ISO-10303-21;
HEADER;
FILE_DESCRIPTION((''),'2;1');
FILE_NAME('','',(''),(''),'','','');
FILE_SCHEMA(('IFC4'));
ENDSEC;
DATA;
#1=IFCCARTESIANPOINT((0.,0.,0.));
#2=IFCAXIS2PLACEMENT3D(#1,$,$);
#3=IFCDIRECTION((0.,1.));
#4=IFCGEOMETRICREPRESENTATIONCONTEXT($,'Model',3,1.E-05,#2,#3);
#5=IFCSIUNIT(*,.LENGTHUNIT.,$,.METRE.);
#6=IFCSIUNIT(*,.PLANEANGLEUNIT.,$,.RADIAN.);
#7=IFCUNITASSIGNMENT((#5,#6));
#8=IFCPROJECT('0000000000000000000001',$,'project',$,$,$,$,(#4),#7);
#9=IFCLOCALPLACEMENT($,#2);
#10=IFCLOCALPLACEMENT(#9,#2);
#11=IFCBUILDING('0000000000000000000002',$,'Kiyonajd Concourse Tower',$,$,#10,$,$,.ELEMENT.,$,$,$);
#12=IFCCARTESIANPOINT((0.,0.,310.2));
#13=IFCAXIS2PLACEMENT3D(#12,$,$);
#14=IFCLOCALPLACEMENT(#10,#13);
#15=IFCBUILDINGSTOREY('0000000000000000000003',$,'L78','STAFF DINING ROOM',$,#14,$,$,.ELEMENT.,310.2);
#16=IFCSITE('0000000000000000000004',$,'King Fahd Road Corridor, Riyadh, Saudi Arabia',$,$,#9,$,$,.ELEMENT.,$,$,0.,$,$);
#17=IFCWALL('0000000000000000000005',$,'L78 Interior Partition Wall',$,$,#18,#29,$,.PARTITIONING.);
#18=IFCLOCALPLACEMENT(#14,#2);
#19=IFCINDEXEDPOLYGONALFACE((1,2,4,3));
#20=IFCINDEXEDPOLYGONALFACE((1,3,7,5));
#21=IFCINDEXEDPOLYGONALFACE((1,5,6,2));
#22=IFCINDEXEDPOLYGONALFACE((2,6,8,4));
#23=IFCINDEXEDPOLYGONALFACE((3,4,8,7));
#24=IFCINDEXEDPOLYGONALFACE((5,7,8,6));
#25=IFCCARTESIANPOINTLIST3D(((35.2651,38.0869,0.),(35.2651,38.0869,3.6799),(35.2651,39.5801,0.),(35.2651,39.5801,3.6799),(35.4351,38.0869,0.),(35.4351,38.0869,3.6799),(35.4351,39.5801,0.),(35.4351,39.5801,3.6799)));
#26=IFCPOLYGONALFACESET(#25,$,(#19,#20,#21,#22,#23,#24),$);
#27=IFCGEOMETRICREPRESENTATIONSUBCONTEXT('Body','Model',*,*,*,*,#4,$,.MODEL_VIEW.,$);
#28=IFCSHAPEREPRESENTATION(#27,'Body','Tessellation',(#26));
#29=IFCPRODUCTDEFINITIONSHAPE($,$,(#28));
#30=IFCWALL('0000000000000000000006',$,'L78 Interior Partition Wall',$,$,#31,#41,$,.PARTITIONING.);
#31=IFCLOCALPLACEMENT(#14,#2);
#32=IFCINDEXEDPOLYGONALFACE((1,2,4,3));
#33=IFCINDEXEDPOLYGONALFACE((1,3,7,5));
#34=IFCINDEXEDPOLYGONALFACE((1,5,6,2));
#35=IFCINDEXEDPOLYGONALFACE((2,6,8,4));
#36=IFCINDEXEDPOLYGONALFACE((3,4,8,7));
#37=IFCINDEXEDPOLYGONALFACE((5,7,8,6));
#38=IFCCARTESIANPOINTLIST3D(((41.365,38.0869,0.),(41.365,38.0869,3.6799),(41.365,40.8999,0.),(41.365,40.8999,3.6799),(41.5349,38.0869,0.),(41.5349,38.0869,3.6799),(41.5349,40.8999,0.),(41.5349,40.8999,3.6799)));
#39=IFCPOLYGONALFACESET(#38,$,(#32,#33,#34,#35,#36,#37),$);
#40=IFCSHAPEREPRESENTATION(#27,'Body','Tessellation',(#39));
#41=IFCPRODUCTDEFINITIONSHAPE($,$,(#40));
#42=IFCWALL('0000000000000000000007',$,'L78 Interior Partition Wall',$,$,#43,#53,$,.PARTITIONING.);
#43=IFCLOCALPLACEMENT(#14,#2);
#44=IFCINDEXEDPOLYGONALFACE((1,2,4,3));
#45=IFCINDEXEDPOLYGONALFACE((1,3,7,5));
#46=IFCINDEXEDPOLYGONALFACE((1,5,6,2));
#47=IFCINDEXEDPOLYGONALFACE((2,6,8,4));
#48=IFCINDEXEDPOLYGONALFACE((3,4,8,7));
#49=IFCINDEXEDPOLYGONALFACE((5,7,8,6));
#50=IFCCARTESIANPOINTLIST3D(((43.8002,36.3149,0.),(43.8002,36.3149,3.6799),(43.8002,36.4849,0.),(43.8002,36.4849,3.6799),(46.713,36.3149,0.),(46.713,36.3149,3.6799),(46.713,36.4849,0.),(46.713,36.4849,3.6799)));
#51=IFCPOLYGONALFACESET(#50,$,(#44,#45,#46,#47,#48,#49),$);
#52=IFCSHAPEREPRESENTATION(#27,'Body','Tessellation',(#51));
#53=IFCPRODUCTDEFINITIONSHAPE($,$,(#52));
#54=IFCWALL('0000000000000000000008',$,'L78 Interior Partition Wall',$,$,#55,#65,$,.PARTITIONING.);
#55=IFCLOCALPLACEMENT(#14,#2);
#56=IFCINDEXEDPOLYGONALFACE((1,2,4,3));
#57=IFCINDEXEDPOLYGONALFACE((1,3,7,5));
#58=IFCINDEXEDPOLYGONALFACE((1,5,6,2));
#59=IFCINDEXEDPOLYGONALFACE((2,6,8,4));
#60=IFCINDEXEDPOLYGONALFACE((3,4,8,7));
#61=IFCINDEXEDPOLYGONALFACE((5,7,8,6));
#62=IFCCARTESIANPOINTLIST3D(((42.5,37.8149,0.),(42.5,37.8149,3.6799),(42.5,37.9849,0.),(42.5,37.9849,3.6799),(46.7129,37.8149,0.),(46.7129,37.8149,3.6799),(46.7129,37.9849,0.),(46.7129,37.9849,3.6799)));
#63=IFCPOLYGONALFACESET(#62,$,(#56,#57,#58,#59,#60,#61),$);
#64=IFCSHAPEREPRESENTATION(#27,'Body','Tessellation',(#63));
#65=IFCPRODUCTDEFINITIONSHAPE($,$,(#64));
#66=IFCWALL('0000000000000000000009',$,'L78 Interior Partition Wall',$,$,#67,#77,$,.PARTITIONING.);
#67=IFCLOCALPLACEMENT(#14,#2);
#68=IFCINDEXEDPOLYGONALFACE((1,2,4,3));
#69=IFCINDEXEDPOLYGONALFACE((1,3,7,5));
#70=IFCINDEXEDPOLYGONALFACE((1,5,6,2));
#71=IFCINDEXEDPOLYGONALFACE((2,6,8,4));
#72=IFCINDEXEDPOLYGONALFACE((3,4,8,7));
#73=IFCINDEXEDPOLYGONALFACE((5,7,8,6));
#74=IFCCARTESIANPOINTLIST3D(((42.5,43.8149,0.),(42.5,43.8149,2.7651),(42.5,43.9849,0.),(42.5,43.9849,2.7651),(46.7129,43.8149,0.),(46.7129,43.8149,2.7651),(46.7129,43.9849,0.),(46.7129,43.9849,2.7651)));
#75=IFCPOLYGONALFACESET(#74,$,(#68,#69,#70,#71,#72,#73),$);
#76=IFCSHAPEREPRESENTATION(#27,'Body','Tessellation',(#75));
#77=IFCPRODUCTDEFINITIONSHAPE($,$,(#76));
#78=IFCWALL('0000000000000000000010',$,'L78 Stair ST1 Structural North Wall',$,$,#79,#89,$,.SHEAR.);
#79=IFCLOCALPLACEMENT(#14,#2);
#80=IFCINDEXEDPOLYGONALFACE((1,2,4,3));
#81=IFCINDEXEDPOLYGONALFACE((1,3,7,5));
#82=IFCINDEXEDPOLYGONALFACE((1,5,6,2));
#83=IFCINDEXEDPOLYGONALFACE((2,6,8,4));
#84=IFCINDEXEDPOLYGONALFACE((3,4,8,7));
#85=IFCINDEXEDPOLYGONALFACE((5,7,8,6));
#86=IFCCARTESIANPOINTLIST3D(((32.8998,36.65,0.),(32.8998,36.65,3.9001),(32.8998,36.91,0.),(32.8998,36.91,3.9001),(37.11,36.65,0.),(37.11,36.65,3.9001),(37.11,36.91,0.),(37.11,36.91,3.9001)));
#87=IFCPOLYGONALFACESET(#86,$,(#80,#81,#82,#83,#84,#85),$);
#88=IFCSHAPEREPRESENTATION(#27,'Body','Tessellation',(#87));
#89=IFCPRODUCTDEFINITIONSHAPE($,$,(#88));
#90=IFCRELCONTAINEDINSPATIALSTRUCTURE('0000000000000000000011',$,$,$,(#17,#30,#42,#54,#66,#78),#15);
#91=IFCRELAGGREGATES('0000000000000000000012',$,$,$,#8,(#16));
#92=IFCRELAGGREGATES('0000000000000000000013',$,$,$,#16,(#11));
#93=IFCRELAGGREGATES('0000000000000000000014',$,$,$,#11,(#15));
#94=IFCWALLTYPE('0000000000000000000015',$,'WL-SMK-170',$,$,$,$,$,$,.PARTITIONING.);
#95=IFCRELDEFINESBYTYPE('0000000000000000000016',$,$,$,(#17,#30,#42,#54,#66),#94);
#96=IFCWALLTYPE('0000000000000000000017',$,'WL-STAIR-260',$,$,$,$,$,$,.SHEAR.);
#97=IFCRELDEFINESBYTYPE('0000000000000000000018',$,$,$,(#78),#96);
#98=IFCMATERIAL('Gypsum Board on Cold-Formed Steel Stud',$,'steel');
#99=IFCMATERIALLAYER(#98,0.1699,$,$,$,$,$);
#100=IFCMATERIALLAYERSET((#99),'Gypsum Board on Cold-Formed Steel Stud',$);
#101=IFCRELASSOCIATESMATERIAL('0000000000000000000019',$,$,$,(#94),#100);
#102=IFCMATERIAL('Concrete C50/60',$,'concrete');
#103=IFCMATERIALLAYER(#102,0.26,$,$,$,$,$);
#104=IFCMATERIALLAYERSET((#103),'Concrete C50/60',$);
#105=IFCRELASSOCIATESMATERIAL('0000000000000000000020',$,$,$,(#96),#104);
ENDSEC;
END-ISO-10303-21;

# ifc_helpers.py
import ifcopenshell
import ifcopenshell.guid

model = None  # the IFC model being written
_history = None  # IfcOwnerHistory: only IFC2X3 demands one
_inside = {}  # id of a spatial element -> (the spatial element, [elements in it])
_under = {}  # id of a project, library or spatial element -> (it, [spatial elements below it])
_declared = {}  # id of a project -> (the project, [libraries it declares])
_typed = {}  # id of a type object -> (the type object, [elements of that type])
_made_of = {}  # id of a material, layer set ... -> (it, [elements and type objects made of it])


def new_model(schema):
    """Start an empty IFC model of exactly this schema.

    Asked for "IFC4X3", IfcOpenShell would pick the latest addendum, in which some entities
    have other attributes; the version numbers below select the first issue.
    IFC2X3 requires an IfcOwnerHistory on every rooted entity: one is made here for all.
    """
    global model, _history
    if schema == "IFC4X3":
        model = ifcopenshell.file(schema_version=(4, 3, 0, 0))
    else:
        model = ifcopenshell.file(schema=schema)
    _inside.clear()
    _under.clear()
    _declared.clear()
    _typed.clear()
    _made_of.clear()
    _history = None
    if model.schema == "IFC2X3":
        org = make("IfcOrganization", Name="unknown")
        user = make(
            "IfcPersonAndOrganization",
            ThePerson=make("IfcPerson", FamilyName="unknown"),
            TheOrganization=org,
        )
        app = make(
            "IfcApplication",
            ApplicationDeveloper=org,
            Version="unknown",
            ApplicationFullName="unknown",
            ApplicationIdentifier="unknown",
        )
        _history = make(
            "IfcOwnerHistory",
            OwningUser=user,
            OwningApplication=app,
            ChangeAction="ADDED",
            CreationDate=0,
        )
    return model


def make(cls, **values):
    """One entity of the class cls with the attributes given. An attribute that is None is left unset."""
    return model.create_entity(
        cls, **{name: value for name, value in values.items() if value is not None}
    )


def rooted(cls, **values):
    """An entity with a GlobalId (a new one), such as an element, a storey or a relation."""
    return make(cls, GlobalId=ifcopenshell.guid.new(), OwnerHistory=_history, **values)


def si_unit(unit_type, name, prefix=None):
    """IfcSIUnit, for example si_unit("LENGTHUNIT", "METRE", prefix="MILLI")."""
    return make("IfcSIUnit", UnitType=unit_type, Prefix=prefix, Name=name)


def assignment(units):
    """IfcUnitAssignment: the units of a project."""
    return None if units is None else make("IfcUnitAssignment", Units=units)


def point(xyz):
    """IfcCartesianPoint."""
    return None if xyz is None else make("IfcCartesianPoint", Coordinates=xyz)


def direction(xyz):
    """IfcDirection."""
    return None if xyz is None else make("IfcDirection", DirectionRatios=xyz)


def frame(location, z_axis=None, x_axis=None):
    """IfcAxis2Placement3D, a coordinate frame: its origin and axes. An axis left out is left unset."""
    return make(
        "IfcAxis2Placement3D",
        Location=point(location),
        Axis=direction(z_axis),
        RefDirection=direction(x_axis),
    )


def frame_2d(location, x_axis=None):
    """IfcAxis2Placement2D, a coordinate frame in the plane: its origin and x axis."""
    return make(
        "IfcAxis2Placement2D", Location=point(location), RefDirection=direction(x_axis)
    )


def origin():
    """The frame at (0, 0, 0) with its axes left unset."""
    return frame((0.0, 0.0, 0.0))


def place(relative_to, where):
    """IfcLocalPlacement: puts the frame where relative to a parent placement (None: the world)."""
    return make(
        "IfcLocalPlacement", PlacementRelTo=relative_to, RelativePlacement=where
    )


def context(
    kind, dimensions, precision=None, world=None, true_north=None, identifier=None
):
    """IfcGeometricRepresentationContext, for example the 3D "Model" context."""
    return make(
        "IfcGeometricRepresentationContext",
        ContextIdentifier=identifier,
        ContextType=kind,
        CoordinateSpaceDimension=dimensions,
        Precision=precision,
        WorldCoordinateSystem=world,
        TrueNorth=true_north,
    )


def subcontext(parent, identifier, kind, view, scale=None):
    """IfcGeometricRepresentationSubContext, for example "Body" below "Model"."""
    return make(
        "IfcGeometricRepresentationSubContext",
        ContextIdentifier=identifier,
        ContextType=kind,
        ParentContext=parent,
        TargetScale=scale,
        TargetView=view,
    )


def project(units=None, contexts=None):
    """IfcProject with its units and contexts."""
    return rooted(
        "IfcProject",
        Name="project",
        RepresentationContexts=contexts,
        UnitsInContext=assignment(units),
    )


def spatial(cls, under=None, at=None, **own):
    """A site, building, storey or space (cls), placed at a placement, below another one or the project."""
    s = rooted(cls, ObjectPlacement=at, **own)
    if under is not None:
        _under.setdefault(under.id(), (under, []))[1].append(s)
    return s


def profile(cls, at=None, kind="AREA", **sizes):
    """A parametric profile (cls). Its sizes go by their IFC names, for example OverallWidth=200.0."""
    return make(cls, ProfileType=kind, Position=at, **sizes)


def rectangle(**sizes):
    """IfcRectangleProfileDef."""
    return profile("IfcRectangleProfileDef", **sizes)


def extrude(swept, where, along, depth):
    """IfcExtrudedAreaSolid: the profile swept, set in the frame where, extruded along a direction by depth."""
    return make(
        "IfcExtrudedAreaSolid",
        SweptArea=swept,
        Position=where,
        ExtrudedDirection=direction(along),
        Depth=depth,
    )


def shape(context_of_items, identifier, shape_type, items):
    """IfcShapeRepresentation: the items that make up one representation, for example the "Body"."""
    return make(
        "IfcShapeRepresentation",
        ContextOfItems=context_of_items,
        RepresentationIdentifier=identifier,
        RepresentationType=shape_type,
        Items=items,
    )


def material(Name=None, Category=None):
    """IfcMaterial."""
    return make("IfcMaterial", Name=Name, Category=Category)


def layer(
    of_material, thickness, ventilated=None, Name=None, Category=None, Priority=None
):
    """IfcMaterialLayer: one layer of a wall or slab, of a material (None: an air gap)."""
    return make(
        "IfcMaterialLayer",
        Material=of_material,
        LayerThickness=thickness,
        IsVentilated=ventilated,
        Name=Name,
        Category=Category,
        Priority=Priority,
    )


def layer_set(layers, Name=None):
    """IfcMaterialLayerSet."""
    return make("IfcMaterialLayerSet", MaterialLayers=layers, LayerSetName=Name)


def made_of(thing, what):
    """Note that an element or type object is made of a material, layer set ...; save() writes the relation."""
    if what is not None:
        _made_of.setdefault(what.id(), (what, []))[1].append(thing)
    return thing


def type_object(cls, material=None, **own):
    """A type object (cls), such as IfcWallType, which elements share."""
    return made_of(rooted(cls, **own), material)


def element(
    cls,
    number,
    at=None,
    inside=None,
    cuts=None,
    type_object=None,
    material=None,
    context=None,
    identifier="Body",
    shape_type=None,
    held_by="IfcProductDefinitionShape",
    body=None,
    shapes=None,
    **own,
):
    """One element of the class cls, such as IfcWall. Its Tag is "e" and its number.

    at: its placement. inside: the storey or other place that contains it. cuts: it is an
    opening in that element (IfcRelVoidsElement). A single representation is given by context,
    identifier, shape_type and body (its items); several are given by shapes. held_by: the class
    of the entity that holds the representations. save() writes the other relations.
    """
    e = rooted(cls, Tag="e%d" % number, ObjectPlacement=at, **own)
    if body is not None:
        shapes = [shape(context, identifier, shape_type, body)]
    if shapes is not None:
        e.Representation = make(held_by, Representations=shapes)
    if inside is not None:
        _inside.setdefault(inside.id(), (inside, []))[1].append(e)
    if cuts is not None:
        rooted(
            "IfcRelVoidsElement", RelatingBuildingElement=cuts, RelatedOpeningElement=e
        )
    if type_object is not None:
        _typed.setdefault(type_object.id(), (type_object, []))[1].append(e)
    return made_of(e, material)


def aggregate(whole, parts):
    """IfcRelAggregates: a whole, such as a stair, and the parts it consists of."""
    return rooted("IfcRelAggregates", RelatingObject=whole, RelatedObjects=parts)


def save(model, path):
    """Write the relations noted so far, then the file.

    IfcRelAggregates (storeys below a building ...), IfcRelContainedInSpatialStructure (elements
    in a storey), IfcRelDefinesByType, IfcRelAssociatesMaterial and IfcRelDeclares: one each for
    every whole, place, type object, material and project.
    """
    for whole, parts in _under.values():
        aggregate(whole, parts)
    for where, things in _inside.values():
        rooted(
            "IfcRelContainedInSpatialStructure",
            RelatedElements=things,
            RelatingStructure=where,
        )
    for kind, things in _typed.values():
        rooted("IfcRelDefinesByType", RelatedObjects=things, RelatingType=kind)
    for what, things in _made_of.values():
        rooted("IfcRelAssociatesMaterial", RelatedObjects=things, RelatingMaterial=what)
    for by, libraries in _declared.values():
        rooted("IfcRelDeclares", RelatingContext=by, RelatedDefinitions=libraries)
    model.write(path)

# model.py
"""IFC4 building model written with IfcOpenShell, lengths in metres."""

from ifc_helpers import new_model, si_unit, direction, frame, frame_2d, origin, place, context, subcontext, project, spatial, rectangle, extrude, material, layer, layer_set, type_object, element, save


model = new_model("IFC4")

# Units and contexts
model_context = context("Model", 3, precision=1e-05, world=origin(), true_north=direction((0.0, 1.0)))
body_context = subcontext(model_context, "Body", "Model", "MODEL_VIEW")
ifc_project = project(units=[si_unit("LENGTHUNIT", "METRE"), si_unit("PLANEANGLEUNIT", "RADIAN")], contexts=[model_context])

# Site, building, storey
site_placement = place(None, origin())
site = spatial("IfcSite", under=ifc_project, at=site_placement, Name="King Fahd Road Corridor, Riyadh, Saudi Arabia", CompositionType="ELEMENT", RefElevation=0.0)
building_placement = place(site_placement, origin())
building = spatial("IfcBuilding", under=site, at=building_placement, Name="Kiyonajd Concourse Tower", CompositionType="ELEMENT")
storey_placement = place(building_placement, frame((0.0, 0.0, 310.2)))
storey = spatial("IfcBuildingStorey", under=building, at=storey_placement, Name="L78", Description="STAFF DINING ROOM", CompositionType="ELEMENT", Elevation=310.2)

# Shared definitions
ifc_material_1 = material(Name="Gypsum Board on Cold-Formed Steel Stud", Category="steel")

# Shared definitions
ifc_layer_1 = layer(ifc_material_1, 0.1699)
ifc_layer_set_1 = layer_set([ifc_layer_1], Name="Gypsum Board on Cold-Formed Steel Stud")
wall_type_1 = type_object("IfcWallType", Name="WL-SMK-170", PredefinedType="PARTITIONING", material=ifc_layer_set_1)

# Walls
wall_1_placement = place(storey_placement, frame((35.3501, 38.0869, 0.0), z_axis=(0.0, 0.0, 1.0), x_axis=(0.0, 1.0, 0.0)))
element("IfcWall", 1, at=wall_1_placement, inside=storey, type_object=wall_type_1, Name="L78 Interior Partition Wall", PredefinedType="PARTITIONING", context=body_context, shape_type="SweptSolid", body=[
    extrude(rectangle(XDim=1.4932, YDim=0.1699, at=frame_2d((0.7466, 0.0))), origin(), (0.0, 0.0, 1.0), 3.6799),
])
wall_2_placement = place(storey_placement, frame((41.45, 38.0869, 0.0), z_axis=(0.0, 0.0, 1.0), x_axis=(0.0, 1.0, 0.0)))
element("IfcWall", 2, at=wall_2_placement, inside=storey, type_object=wall_type_1, Name="L78 Interior Partition Wall", PredefinedType="PARTITIONING", context=body_context, shape_type="SweptSolid", body=[
    extrude(rectangle(XDim=2.813, YDim=0.1699, at=frame_2d((1.4065, 0.0))), origin(), (0.0, 0.0, 1.0), 3.6799),
])
wall_3_placement = place(storey_placement, frame((43.8, 36.3999, 0.0), z_axis=(0.0, 0.0, 1.0), x_axis=(1.0, 0.0, 0.0)))
element("IfcWall", 3, at=wall_3_placement, inside=storey, type_object=wall_type_1, Name="L78 Interior Partition Wall", PredefinedType="PARTITIONING", context=body_context, shape_type="SweptSolid", body=[
    extrude(rectangle(XDim=2.9128, YDim=0.1699, at=frame_2d((1.4565, 0.0))), origin(), (0.0, 0.0, 1.0), 3.6799),
])
wall_4_placement = place(storey_placement, frame((42.5, 37.8999, 0.0), z_axis=(0.0, 0.0, 1.0), x_axis=(1.0, 0.0, 0.0)))
element("IfcWall", 4, at=wall_4_placement, inside=storey, type_object=wall_type_1, Name="L78 Interior Partition Wall", PredefinedType="PARTITIONING", context=body_context, shape_type="SweptSolid", body=[
    extrude(rectangle(XDim=4.2129, YDim=0.1699, at=frame_2d((2.1064, 0.0))), origin(), (0.0, 0.0, 1.0), 3.6799),
])
wall_5_placement = place(storey_placement, frame((42.5, 43.8999, 0.0), z_axis=(0.0, 0.0, 1.0), x_axis=(1.0, 0.0, 0.0)))
element("IfcWall", 5, at=wall_5_placement, inside=storey, type_object=wall_type_1, Name="L78 Interior Partition Wall", PredefinedType="PARTITIONING", context=body_context, shape_type="SweptSolid", body=[
    extrude(rectangle(XDim=4.2129, YDim=0.1699, at=frame_2d((2.1064, 0.0))), origin(), (0.0, 0.0, 1.0), 2.7651),
])
ifc_material_2 = material(Name="Concrete C50/60", Category="concrete")
ifc_layer_2 = layer(ifc_material_2, 0.26)
ifc_layer_set_2 = layer_set([ifc_layer_2], Name="Concrete C50/60")
wall_type_2 = type_object("IfcWallType", Name="WL-STAIR-260", PredefinedType="SHEAR", material=ifc_layer_set_2)
wall_6_placement = place(storey_placement, frame((32.8999, 36.78, 0.0), z_axis=(0.0, 0.0, 1.0), x_axis=(1.0, 0.0, 0.0)))
element("IfcWall", 6, at=wall_6_placement, inside=storey, type_object=wall_type_2, Name="L78 Stair ST1 Structural North Wall", PredefinedType="SHEAR", context=body_context, shape_type="SweptSolid", body=[
    extrude(rectangle(XDim=4.2102, YDim=0.26, at=frame_2d((2.105, 0.0))), origin(), (0.0, 0.0, 1.0), 3.9001),
])

save(model, "model.ifc")
